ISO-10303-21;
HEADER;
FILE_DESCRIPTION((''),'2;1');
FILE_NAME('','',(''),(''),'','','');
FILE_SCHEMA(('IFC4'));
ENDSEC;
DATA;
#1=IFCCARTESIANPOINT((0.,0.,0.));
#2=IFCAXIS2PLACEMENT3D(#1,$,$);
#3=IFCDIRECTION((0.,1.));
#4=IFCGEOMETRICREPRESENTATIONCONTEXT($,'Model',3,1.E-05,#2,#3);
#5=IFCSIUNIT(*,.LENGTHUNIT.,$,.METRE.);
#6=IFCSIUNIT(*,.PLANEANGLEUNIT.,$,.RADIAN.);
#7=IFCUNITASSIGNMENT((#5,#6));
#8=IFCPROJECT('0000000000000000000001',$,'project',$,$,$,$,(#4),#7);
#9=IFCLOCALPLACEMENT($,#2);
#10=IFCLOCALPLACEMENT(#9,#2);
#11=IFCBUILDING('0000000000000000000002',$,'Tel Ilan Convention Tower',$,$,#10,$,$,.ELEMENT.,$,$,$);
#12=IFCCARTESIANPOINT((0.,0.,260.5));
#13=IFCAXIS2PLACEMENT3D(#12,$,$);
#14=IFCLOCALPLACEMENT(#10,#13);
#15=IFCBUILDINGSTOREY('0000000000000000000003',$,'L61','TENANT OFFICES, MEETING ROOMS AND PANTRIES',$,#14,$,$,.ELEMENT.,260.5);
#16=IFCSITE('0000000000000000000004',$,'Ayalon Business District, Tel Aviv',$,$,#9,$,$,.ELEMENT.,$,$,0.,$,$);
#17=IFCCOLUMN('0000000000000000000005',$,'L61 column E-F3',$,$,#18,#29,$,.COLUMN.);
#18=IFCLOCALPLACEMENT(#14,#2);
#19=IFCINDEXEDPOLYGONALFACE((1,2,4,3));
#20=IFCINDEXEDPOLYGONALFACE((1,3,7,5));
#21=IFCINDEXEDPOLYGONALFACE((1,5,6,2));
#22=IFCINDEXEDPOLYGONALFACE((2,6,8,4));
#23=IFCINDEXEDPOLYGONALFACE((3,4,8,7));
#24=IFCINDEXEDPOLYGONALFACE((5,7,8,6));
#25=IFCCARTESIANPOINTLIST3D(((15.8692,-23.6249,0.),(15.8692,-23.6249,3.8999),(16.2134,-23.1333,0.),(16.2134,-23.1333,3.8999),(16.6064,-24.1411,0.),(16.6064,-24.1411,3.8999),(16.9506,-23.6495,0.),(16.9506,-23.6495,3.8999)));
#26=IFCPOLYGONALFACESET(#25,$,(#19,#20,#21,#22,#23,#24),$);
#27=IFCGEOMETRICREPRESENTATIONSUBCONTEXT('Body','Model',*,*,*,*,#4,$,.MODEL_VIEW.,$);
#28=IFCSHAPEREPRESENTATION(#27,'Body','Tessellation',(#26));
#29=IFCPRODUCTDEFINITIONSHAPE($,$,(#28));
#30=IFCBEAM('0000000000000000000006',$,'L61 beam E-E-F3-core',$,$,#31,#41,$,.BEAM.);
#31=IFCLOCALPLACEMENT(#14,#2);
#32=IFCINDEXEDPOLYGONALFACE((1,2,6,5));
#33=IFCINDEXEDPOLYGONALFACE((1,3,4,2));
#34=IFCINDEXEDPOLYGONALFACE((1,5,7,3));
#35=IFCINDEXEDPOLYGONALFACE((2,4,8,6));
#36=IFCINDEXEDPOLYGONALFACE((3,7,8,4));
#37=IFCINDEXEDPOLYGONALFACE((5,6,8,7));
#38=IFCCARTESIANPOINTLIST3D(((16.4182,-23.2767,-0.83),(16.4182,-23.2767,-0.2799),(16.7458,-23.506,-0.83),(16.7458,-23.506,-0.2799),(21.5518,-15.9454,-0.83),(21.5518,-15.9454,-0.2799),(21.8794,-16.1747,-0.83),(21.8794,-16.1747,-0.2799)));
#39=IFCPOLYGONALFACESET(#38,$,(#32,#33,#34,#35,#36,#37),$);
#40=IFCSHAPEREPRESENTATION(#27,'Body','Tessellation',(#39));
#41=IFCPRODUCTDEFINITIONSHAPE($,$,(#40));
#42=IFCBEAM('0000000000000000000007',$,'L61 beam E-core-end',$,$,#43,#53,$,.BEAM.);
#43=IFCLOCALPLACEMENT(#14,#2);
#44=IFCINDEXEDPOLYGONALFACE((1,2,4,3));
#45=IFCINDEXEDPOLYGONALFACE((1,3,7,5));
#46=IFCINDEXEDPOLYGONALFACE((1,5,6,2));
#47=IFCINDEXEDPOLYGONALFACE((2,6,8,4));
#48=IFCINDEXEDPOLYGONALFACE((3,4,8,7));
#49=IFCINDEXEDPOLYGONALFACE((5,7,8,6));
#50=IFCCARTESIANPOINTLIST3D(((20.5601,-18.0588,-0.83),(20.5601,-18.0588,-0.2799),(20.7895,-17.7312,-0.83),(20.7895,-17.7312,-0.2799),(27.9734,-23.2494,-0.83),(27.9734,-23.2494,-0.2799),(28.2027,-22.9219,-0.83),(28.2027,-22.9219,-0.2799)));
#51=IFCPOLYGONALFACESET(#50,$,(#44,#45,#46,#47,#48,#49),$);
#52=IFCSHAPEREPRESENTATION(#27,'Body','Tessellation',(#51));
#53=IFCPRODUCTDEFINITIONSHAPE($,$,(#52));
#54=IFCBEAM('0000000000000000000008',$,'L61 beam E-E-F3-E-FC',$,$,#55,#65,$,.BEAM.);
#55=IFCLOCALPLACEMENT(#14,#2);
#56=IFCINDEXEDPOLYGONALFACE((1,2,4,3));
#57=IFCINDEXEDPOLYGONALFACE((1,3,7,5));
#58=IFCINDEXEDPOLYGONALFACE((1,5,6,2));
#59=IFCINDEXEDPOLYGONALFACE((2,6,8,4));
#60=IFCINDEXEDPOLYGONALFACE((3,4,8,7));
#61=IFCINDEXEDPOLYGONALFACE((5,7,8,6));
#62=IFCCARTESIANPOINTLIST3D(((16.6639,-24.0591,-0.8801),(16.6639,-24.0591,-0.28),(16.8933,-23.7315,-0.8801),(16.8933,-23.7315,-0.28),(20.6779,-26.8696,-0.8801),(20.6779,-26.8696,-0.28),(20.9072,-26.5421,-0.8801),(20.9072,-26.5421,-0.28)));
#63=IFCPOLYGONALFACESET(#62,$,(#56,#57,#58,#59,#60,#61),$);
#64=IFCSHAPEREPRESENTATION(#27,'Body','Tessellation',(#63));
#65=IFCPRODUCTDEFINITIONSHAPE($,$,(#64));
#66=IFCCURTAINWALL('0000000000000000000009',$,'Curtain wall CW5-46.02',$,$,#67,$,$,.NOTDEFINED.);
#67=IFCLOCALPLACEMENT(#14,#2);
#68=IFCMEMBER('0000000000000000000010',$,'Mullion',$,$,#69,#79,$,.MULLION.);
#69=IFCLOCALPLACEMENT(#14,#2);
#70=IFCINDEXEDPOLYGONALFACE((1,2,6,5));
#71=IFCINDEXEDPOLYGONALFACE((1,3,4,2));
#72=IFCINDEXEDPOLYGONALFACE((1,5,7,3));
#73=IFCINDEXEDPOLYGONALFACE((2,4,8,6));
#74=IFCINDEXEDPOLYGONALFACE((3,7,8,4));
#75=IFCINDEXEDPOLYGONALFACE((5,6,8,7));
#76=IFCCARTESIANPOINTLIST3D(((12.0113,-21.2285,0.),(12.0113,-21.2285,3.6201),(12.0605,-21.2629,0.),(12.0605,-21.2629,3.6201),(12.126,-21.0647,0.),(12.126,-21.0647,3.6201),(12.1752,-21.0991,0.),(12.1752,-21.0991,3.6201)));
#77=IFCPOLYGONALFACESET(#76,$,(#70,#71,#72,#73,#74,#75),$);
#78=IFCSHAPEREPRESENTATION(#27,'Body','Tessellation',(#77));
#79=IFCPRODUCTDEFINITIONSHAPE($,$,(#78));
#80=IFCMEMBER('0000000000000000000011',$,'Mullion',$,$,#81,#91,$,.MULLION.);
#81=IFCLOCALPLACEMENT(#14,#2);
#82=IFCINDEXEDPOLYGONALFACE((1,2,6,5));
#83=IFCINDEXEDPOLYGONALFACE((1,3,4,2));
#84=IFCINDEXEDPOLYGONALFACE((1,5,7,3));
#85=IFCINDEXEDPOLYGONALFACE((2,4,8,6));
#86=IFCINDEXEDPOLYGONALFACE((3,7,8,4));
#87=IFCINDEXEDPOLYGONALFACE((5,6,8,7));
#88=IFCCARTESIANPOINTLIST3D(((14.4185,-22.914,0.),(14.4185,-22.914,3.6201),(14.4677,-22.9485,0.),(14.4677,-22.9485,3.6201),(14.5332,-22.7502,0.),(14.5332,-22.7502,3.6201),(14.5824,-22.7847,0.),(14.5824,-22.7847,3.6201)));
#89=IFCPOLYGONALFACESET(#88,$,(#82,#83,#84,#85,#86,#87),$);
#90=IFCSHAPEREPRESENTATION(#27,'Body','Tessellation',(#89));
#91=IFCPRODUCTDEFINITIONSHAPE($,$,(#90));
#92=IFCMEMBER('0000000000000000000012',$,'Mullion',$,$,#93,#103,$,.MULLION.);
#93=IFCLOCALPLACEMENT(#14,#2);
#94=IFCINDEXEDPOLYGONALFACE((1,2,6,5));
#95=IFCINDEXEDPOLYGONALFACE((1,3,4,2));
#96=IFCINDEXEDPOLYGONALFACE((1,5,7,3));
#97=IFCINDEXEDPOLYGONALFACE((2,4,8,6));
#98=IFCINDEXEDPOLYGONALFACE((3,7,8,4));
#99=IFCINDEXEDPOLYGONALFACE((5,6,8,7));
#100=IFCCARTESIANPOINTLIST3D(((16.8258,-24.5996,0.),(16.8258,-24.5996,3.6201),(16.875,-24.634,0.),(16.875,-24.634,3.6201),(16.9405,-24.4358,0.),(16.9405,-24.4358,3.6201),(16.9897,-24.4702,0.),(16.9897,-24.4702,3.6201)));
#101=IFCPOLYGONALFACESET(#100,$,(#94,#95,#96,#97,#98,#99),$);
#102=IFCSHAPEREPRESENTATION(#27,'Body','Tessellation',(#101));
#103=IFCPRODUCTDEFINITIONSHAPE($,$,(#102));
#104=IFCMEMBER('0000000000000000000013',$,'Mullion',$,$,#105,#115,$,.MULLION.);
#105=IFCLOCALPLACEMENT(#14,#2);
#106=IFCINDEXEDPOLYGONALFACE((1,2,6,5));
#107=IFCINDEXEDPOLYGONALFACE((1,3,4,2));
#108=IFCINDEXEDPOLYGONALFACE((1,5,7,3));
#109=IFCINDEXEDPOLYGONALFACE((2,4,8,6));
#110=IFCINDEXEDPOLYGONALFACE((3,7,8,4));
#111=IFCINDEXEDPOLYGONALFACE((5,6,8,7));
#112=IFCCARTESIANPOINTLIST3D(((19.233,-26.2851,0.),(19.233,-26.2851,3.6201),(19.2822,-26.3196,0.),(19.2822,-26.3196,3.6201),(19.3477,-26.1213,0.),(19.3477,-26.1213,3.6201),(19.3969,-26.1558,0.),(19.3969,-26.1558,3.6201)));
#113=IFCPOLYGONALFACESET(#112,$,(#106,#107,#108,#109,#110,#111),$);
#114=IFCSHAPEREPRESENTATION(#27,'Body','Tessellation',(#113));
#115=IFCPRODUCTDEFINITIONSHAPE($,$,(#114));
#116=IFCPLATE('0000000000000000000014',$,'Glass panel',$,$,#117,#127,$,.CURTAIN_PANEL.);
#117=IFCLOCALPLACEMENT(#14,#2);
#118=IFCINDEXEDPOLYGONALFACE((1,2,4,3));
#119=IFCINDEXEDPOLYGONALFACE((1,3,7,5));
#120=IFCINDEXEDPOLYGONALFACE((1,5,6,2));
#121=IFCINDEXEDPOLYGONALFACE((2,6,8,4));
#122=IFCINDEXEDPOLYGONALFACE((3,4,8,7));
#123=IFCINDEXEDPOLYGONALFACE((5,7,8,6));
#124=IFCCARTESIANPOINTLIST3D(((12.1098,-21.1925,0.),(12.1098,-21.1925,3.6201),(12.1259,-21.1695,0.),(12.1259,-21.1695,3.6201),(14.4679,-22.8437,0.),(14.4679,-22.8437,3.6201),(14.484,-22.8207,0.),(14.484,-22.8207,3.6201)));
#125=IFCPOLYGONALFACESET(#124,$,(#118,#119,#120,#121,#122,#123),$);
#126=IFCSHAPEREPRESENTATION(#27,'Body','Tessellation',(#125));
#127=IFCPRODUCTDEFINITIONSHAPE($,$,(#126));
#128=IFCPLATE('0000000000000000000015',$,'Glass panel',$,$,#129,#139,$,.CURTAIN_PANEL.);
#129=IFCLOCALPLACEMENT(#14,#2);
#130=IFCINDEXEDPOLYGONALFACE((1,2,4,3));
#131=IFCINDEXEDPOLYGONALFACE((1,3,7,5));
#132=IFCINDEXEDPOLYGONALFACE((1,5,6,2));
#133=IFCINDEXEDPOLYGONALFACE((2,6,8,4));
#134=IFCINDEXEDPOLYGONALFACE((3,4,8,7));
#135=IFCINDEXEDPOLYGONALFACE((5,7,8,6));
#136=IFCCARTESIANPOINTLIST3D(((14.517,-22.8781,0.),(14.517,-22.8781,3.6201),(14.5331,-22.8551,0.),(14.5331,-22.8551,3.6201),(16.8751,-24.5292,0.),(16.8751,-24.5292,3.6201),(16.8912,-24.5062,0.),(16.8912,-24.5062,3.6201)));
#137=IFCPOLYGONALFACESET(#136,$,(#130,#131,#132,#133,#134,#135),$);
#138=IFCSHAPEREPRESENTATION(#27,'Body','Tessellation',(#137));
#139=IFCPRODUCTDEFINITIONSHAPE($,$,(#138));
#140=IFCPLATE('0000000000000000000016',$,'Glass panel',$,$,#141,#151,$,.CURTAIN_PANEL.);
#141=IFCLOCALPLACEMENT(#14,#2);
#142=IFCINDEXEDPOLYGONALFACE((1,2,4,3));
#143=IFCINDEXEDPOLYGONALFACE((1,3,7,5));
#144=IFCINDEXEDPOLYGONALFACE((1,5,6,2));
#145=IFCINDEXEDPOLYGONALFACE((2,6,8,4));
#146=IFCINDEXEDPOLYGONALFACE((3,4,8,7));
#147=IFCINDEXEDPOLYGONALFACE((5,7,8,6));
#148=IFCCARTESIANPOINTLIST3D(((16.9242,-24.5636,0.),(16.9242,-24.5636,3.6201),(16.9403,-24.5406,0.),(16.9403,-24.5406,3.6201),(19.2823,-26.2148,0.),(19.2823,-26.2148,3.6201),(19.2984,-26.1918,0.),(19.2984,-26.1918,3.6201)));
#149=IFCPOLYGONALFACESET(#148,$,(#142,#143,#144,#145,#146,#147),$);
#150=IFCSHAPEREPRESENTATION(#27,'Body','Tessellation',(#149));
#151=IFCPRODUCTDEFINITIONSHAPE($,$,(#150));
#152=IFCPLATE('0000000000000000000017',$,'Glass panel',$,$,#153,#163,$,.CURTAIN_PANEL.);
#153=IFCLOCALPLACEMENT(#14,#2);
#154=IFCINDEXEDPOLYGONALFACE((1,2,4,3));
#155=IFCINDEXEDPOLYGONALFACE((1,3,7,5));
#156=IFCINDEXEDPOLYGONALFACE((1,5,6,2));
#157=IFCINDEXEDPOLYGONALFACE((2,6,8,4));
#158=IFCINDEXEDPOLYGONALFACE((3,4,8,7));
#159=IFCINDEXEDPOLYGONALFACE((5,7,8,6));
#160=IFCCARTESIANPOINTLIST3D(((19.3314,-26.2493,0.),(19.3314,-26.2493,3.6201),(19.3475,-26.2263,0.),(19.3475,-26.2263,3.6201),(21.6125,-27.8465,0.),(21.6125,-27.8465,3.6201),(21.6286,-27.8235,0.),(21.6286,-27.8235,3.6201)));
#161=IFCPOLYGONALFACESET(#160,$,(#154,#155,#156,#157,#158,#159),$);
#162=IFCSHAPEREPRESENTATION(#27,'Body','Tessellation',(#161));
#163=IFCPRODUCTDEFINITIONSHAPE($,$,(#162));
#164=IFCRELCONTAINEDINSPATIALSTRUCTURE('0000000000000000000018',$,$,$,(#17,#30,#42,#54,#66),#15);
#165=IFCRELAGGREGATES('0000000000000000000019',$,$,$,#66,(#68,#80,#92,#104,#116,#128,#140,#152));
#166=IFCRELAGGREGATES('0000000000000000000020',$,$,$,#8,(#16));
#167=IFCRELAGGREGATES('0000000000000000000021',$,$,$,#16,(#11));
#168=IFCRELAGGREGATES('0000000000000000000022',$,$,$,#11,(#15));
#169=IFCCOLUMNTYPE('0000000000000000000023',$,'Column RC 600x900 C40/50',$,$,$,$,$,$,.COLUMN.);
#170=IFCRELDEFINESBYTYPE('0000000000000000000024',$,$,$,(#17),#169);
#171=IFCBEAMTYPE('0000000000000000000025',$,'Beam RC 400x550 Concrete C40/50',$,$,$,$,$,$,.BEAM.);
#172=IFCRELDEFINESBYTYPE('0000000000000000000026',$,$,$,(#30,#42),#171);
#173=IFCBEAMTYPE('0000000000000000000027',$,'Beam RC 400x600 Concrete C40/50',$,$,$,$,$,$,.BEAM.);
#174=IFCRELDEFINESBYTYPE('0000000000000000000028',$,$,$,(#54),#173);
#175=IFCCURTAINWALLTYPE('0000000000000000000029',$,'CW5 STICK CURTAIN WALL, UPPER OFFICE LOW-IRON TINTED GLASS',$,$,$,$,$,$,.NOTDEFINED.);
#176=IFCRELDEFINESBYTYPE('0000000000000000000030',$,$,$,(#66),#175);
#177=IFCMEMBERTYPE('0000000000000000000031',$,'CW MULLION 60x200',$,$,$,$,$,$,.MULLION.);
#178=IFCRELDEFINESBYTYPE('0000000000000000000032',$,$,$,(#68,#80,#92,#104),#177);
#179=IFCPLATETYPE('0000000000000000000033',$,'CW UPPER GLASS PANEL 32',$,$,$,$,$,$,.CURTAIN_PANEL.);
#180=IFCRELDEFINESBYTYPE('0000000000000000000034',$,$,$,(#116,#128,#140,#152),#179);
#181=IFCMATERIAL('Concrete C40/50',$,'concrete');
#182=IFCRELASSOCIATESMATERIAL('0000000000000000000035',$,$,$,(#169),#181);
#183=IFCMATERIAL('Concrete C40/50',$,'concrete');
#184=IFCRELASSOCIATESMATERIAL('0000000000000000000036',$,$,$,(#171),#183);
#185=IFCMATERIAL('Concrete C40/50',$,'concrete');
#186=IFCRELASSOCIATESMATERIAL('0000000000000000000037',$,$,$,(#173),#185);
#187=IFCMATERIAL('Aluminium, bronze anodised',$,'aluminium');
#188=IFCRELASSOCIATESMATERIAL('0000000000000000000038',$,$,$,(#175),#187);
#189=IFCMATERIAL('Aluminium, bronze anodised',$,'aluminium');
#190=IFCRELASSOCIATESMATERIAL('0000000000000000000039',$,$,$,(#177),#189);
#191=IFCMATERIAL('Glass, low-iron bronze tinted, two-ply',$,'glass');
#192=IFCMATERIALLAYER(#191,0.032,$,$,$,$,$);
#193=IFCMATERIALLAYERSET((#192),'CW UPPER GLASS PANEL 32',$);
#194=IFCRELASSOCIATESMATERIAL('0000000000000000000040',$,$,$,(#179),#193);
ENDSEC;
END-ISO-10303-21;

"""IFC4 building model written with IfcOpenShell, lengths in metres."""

from ifc_helpers import new_model, si_unit, direction, frame, origin, origin_2d, place, context, subcontext, project, spatial, rectangle, extrude, material, layer, layer_set, material_profile, profile_set, type_object, element, aggregate, save


model = new_model("IFC4")

# Units and contexts
model_context = context("Model", 3, precision=1e-05, world=origin(), true_north=direction((0.0, 1.0)))
body_context = subcontext(model_context, "Body", "Model", "MODEL_VIEW")
ifc_project = project(units=[si_unit("LENGTHUNIT", "METRE"), si_unit("PLANEANGLEUNIT", "RADIAN")], contexts=[model_context])

# Site, building, storey
site_placement = place(None, origin())
site = spatial("IfcSite", under=ifc_project, at=site_placement, Name="Ayalon Business District, Tel Aviv", CompositionType="ELEMENT", RefElevation=0.0)
building_placement = place(site_placement, origin())
building = spatial("IfcBuilding", under=site, at=building_placement, Name="Tel Ilan Convention Tower", CompositionType="ELEMENT")
storey_placement = place(building_placement, frame((0.0, 0.0, 260.5)))
storey = spatial("IfcBuildingStorey", under=building, at=storey_placement, Name="L61", Description="TENANT OFFICES, MEETING ROOMS AND PANTRIES", CompositionType="ELEMENT", Elevation=260.5)

# Column
ifc_material_1 = material(Name="Concrete C40/50", Category="concrete")
ifc_material_profile_1 = material_profile(ifc_material_1, rectangle(XDim=0.8999, YDim=0.6001, at=origin_2d()), Name="RC 600x900")
ifc_profile_set_1 = profile_set([ifc_material_profile_1], Name="Concrete C40/50")
column_type = type_object("IfcColumnType", Name="Column RC 600x900 C40/50", PredefinedType="COLUMN", material=ifc_profile_set_1)
column_placement = place(storey_placement, frame((16.4099, -23.6372, 0.0), z_axis=(0.0, 0.0, 1.0), x_axis=(0.819152, -0.573576, 0.0)))
element("IfcColumn", 1, at=column_placement, inside=storey, type_object=column_type, Name="L61 column E-F3", PredefinedType="COLUMN", context=body_context, shape_type="SweptSolid", body=[
    extrude(rectangle(XDim=0.8999, YDim=0.6001, at=origin_2d()), origin(), (0.0, 0.0, 1.0), 3.8999),
])

# Beams
ifc_material_2 = material(Name="Concrete C40/50", Category="concrete")
ifc_material_profile_2 = material_profile(ifc_material_2, rectangle(XDim=0.3999, YDim=0.55, at=origin_2d()), Name="RC 400x550")
ifc_profile_set_2 = profile_set([ifc_material_profile_2], Name="Concrete C40/50")
beam_type_1 = type_object("IfcBeamType", Name="Beam RC 400x550 Concrete C40/50", PredefinedType="BEAM", material=ifc_profile_set_2)
beam_1_placement = place(storey_placement, frame((16.582, -23.3914, -0.5549), z_axis=(0.573585, 0.819146, 0.0), x_axis=(-0.819146, 0.573585, 0.0)))
element("IfcBeam", 2, at=beam_1_placement, inside=storey, type_object=beam_type_1, Name="L61 beam E-E-F3-core", PredefinedType="BEAM", context=body_context, shape_type="SweptSolid", body=[
    extrude(rectangle(XDim=0.3999, YDim=0.55, at=origin_2d()), origin(), (0.0, 0.0, 1.0), 8.95),
])
beam_2_placement = place(storey_placement, frame((20.6748, -17.895, -0.5549), z_axis=(0.819162, -0.573562, 0.0), x_axis=(0.573562, 0.819162, 0.0)))
element("IfcBeam", 3, at=beam_2_placement, inside=storey, type_object=beam_type_1, Name="L61 beam E-core-end", PredefinedType="BEAM", context=body_context, shape_type="SweptSolid", body=[
    extrude(rectangle(XDim=0.3999, YDim=0.55, at=origin_2d()), origin(), (0.0, 0.0, 1.0), 9.0498),
])
ifc_material_3 = material(Name="Concrete C40/50", Category="concrete")
ifc_material_profile_3 = material_profile(ifc_material_3, rectangle(XDim=0.3999, YDim=0.6001, at=origin_2d()), Name="RC 400x600")
ifc_profile_set_3 = profile_set([ifc_material_profile_3], Name="Concrete C40/50")
beam_type_2 = type_object("IfcBeamType", Name="Beam RC 400x600 Concrete C40/50", PredefinedType="BEAM", material=ifc_profile_set_3)
beam_3_placement = place(storey_placement, frame((16.7786, -23.8953, -0.5801), z_axis=(0.819155, -0.573573, 0.0), x_axis=(0.573573, 0.819155, 0.0)))
element("IfcBeam", 4, at=beam_3_placement, inside=storey, type_object=beam_type_2, Name="L61 beam E-E-F3-E-FC", PredefinedType="BEAM", context=body_context, shape_type="SweptSolid", body=[
    extrude(rectangle(XDim=0.3999, YDim=0.6001, at=origin_2d()), origin(), (0.0, 0.0, 1.0), 4.9001),
])

# Curtain wall, members, plates
ifc_material_4 = material(Name="Aluminium, bronze anodised", Category="aluminium")
curtain_wall_type = type_object("IfcCurtainWallType", Name="CW5 STICK CURTAIN WALL, UPPER OFFICE LOW-IRON TINTED GLASS", PredefinedType="NOTDEFINED", material=ifc_material_4)
curtain_wall_placement = place(storey_placement, origin())
curtain_wall = element("IfcCurtainWall", 5, at=curtain_wall_placement, inside=storey, type_object=curtain_wall_type, Name="Curtain wall CW5-46.02", PredefinedType="NOTDEFINED")
ifc_material_5 = material(Name="Aluminium, bronze anodised", Category="aluminium")
ifc_material_profile_4 = material_profile(ifc_material_5, rectangle(XDim=0.0601, YDim=0.2, at=origin_2d()), Name="CW MULLION 60x200")
ifc_profile_set_4 = profile_set([ifc_material_profile_4], Name="Aluminium, bronze anodised")
member_type = type_object("IfcMemberType", Name="CW MULLION 60x200", PredefinedType="MULLION", material=ifc_profile_set_4)
member_1_placement = place(storey_placement, frame((12.0933, -21.1638, 0.0), z_axis=(0.0, 0.0, 1.0), x_axis=(0.819152, -0.573576, 0.0)))
member_1 = element("IfcMember", 6, at=member_1_placement, type_object=member_type, Name="Mullion", PredefinedType="MULLION", context=body_context, shape_type="SweptSolid", body=[
    extrude(rectangle(XDim=0.0601, YDim=0.2, at=origin_2d()), origin(), (0.0, 0.0, 1.0), 3.6201),
])
member_2_placement = place(storey_placement, frame((14.5005, -22.8494, 0.0), z_axis=(0.0, 0.0, 1.0), x_axis=(0.819152, -0.573576, 0.0)))
member_2 = element("IfcMember", 7, at=member_2_placement, type_object=member_type, Name="Mullion", PredefinedType="MULLION", context=body_context, shape_type="SweptSolid", body=[
    extrude(rectangle(XDim=0.0601, YDim=0.2, at=origin_2d()), origin(), (0.0, 0.0, 1.0), 3.6201),
])
member_3_placement = place(storey_placement, frame((16.9077, -24.5349, 0.0), z_axis=(0.0, 0.0, 1.0), x_axis=(0.819152, -0.573576, 0.0)))
member_3 = element("IfcMember", 8, at=member_3_placement, type_object=member_type, Name="Mullion", PredefinedType="MULLION", context=body_context, shape_type="SweptSolid", body=[
    extrude(rectangle(XDim=0.0601, YDim=0.2, at=origin_2d()), origin(), (0.0, 0.0, 1.0), 3.6201),
])
member_4_placement = place(storey_placement, frame((19.3149, -26.2205, 0.0), z_axis=(0.0, 0.0, 1.0), x_axis=(0.819152, -0.573576, 0.0)))
member_4 = element("IfcMember", 9, at=member_4_placement, type_object=member_type, Name="Mullion", PredefinedType="MULLION", context=body_context, shape_type="SweptSolid", body=[
    extrude(rectangle(XDim=0.0601, YDim=0.2, at=origin_2d()), origin(), (0.0, 0.0, 1.0), 3.6201),
])
ifc_material_6 = material(Name="Glass, low-iron bronze tinted, two-ply", Category="glass")
ifc_layer_1 = layer(ifc_material_6, 0.032)
ifc_layer_set_1 = layer_set([ifc_layer_1], Name="CW UPPER GLASS PANEL 32")
plate_type = type_object("IfcPlateType", Name="CW UPPER GLASS PANEL 32", PredefinedType="CURTAIN_PANEL", material=ifc_layer_set_1)
plate_1_placement = place(storey_placement, frame((13.2969, -22.0066, 0.0), z_axis=(0.0, 0.0, 1.0), x_axis=(0.819152, -0.573576, 0.0)))
plate_1 = element("IfcPlate", 10, at=plate_1_placement, type_object=plate_type, Name="Glass panel", PredefinedType="CURTAIN_PANEL", context=body_context, shape_type="SweptSolid", body=[
    extrude(rectangle(XDim=2.8787, YDim=0.0281, at=origin_2d()), origin(), (0.0, 0.0, 1.0), 3.6201),
])
plate_2_placement = place(storey_placement, frame((15.7041, -23.6921, 0.0), z_axis=(0.0, 0.0, 1.0), x_axis=(0.819152, -0.573576, 0.0)))
plate_2 = element("IfcPlate", 11, at=plate_2_placement, type_object=plate_type, Name="Glass panel", PredefinedType="CURTAIN_PANEL", context=body_context, shape_type="SweptSolid", body=[
    extrude(rectangle(XDim=2.8787, YDim=0.0281, at=origin_2d()), origin(), (0.0, 0.0, 1.0), 3.6201),
])
plate_3_placement = place(storey_placement, frame((18.1113, -25.3777, 0.0), z_axis=(0.0, 0.0, 1.0), x_axis=(0.819152, -0.573576, 0.0)))
plate_3 = element("IfcPlate", 12, at=plate_3_placement, type_object=plate_type, Name="Glass panel", PredefinedType="CURTAIN_PANEL", context=body_context, shape_type="SweptSolid", body=[
    extrude(rectangle(XDim=2.8787, YDim=0.0281, at=origin_2d()), origin(), (0.0, 0.0, 1.0), 3.6201),
])
plate_4_placement = place(storey_placement, frame((20.48, -27.0364, 0.0), z_axis=(0.0, 0.0, 1.0), x_axis=(0.819152, -0.573576, 0.0)))
plate_4 = element("IfcPlate", 13, at=plate_4_placement, type_object=plate_type, Name="Glass panel", PredefinedType="CURTAIN_PANEL", context=body_context, shape_type="SweptSolid", body=[
    extrude(rectangle(XDim=2.7847, YDim=0.0281, at=origin_2d()), origin(), (0.0, 0.0, 1.0), 3.6201),
])
aggregate(curtain_wall, [member_1, member_2, member_3, member_4, plate_1, plate_2, plate_3, plate_4])

save(model, "model.ifc")
